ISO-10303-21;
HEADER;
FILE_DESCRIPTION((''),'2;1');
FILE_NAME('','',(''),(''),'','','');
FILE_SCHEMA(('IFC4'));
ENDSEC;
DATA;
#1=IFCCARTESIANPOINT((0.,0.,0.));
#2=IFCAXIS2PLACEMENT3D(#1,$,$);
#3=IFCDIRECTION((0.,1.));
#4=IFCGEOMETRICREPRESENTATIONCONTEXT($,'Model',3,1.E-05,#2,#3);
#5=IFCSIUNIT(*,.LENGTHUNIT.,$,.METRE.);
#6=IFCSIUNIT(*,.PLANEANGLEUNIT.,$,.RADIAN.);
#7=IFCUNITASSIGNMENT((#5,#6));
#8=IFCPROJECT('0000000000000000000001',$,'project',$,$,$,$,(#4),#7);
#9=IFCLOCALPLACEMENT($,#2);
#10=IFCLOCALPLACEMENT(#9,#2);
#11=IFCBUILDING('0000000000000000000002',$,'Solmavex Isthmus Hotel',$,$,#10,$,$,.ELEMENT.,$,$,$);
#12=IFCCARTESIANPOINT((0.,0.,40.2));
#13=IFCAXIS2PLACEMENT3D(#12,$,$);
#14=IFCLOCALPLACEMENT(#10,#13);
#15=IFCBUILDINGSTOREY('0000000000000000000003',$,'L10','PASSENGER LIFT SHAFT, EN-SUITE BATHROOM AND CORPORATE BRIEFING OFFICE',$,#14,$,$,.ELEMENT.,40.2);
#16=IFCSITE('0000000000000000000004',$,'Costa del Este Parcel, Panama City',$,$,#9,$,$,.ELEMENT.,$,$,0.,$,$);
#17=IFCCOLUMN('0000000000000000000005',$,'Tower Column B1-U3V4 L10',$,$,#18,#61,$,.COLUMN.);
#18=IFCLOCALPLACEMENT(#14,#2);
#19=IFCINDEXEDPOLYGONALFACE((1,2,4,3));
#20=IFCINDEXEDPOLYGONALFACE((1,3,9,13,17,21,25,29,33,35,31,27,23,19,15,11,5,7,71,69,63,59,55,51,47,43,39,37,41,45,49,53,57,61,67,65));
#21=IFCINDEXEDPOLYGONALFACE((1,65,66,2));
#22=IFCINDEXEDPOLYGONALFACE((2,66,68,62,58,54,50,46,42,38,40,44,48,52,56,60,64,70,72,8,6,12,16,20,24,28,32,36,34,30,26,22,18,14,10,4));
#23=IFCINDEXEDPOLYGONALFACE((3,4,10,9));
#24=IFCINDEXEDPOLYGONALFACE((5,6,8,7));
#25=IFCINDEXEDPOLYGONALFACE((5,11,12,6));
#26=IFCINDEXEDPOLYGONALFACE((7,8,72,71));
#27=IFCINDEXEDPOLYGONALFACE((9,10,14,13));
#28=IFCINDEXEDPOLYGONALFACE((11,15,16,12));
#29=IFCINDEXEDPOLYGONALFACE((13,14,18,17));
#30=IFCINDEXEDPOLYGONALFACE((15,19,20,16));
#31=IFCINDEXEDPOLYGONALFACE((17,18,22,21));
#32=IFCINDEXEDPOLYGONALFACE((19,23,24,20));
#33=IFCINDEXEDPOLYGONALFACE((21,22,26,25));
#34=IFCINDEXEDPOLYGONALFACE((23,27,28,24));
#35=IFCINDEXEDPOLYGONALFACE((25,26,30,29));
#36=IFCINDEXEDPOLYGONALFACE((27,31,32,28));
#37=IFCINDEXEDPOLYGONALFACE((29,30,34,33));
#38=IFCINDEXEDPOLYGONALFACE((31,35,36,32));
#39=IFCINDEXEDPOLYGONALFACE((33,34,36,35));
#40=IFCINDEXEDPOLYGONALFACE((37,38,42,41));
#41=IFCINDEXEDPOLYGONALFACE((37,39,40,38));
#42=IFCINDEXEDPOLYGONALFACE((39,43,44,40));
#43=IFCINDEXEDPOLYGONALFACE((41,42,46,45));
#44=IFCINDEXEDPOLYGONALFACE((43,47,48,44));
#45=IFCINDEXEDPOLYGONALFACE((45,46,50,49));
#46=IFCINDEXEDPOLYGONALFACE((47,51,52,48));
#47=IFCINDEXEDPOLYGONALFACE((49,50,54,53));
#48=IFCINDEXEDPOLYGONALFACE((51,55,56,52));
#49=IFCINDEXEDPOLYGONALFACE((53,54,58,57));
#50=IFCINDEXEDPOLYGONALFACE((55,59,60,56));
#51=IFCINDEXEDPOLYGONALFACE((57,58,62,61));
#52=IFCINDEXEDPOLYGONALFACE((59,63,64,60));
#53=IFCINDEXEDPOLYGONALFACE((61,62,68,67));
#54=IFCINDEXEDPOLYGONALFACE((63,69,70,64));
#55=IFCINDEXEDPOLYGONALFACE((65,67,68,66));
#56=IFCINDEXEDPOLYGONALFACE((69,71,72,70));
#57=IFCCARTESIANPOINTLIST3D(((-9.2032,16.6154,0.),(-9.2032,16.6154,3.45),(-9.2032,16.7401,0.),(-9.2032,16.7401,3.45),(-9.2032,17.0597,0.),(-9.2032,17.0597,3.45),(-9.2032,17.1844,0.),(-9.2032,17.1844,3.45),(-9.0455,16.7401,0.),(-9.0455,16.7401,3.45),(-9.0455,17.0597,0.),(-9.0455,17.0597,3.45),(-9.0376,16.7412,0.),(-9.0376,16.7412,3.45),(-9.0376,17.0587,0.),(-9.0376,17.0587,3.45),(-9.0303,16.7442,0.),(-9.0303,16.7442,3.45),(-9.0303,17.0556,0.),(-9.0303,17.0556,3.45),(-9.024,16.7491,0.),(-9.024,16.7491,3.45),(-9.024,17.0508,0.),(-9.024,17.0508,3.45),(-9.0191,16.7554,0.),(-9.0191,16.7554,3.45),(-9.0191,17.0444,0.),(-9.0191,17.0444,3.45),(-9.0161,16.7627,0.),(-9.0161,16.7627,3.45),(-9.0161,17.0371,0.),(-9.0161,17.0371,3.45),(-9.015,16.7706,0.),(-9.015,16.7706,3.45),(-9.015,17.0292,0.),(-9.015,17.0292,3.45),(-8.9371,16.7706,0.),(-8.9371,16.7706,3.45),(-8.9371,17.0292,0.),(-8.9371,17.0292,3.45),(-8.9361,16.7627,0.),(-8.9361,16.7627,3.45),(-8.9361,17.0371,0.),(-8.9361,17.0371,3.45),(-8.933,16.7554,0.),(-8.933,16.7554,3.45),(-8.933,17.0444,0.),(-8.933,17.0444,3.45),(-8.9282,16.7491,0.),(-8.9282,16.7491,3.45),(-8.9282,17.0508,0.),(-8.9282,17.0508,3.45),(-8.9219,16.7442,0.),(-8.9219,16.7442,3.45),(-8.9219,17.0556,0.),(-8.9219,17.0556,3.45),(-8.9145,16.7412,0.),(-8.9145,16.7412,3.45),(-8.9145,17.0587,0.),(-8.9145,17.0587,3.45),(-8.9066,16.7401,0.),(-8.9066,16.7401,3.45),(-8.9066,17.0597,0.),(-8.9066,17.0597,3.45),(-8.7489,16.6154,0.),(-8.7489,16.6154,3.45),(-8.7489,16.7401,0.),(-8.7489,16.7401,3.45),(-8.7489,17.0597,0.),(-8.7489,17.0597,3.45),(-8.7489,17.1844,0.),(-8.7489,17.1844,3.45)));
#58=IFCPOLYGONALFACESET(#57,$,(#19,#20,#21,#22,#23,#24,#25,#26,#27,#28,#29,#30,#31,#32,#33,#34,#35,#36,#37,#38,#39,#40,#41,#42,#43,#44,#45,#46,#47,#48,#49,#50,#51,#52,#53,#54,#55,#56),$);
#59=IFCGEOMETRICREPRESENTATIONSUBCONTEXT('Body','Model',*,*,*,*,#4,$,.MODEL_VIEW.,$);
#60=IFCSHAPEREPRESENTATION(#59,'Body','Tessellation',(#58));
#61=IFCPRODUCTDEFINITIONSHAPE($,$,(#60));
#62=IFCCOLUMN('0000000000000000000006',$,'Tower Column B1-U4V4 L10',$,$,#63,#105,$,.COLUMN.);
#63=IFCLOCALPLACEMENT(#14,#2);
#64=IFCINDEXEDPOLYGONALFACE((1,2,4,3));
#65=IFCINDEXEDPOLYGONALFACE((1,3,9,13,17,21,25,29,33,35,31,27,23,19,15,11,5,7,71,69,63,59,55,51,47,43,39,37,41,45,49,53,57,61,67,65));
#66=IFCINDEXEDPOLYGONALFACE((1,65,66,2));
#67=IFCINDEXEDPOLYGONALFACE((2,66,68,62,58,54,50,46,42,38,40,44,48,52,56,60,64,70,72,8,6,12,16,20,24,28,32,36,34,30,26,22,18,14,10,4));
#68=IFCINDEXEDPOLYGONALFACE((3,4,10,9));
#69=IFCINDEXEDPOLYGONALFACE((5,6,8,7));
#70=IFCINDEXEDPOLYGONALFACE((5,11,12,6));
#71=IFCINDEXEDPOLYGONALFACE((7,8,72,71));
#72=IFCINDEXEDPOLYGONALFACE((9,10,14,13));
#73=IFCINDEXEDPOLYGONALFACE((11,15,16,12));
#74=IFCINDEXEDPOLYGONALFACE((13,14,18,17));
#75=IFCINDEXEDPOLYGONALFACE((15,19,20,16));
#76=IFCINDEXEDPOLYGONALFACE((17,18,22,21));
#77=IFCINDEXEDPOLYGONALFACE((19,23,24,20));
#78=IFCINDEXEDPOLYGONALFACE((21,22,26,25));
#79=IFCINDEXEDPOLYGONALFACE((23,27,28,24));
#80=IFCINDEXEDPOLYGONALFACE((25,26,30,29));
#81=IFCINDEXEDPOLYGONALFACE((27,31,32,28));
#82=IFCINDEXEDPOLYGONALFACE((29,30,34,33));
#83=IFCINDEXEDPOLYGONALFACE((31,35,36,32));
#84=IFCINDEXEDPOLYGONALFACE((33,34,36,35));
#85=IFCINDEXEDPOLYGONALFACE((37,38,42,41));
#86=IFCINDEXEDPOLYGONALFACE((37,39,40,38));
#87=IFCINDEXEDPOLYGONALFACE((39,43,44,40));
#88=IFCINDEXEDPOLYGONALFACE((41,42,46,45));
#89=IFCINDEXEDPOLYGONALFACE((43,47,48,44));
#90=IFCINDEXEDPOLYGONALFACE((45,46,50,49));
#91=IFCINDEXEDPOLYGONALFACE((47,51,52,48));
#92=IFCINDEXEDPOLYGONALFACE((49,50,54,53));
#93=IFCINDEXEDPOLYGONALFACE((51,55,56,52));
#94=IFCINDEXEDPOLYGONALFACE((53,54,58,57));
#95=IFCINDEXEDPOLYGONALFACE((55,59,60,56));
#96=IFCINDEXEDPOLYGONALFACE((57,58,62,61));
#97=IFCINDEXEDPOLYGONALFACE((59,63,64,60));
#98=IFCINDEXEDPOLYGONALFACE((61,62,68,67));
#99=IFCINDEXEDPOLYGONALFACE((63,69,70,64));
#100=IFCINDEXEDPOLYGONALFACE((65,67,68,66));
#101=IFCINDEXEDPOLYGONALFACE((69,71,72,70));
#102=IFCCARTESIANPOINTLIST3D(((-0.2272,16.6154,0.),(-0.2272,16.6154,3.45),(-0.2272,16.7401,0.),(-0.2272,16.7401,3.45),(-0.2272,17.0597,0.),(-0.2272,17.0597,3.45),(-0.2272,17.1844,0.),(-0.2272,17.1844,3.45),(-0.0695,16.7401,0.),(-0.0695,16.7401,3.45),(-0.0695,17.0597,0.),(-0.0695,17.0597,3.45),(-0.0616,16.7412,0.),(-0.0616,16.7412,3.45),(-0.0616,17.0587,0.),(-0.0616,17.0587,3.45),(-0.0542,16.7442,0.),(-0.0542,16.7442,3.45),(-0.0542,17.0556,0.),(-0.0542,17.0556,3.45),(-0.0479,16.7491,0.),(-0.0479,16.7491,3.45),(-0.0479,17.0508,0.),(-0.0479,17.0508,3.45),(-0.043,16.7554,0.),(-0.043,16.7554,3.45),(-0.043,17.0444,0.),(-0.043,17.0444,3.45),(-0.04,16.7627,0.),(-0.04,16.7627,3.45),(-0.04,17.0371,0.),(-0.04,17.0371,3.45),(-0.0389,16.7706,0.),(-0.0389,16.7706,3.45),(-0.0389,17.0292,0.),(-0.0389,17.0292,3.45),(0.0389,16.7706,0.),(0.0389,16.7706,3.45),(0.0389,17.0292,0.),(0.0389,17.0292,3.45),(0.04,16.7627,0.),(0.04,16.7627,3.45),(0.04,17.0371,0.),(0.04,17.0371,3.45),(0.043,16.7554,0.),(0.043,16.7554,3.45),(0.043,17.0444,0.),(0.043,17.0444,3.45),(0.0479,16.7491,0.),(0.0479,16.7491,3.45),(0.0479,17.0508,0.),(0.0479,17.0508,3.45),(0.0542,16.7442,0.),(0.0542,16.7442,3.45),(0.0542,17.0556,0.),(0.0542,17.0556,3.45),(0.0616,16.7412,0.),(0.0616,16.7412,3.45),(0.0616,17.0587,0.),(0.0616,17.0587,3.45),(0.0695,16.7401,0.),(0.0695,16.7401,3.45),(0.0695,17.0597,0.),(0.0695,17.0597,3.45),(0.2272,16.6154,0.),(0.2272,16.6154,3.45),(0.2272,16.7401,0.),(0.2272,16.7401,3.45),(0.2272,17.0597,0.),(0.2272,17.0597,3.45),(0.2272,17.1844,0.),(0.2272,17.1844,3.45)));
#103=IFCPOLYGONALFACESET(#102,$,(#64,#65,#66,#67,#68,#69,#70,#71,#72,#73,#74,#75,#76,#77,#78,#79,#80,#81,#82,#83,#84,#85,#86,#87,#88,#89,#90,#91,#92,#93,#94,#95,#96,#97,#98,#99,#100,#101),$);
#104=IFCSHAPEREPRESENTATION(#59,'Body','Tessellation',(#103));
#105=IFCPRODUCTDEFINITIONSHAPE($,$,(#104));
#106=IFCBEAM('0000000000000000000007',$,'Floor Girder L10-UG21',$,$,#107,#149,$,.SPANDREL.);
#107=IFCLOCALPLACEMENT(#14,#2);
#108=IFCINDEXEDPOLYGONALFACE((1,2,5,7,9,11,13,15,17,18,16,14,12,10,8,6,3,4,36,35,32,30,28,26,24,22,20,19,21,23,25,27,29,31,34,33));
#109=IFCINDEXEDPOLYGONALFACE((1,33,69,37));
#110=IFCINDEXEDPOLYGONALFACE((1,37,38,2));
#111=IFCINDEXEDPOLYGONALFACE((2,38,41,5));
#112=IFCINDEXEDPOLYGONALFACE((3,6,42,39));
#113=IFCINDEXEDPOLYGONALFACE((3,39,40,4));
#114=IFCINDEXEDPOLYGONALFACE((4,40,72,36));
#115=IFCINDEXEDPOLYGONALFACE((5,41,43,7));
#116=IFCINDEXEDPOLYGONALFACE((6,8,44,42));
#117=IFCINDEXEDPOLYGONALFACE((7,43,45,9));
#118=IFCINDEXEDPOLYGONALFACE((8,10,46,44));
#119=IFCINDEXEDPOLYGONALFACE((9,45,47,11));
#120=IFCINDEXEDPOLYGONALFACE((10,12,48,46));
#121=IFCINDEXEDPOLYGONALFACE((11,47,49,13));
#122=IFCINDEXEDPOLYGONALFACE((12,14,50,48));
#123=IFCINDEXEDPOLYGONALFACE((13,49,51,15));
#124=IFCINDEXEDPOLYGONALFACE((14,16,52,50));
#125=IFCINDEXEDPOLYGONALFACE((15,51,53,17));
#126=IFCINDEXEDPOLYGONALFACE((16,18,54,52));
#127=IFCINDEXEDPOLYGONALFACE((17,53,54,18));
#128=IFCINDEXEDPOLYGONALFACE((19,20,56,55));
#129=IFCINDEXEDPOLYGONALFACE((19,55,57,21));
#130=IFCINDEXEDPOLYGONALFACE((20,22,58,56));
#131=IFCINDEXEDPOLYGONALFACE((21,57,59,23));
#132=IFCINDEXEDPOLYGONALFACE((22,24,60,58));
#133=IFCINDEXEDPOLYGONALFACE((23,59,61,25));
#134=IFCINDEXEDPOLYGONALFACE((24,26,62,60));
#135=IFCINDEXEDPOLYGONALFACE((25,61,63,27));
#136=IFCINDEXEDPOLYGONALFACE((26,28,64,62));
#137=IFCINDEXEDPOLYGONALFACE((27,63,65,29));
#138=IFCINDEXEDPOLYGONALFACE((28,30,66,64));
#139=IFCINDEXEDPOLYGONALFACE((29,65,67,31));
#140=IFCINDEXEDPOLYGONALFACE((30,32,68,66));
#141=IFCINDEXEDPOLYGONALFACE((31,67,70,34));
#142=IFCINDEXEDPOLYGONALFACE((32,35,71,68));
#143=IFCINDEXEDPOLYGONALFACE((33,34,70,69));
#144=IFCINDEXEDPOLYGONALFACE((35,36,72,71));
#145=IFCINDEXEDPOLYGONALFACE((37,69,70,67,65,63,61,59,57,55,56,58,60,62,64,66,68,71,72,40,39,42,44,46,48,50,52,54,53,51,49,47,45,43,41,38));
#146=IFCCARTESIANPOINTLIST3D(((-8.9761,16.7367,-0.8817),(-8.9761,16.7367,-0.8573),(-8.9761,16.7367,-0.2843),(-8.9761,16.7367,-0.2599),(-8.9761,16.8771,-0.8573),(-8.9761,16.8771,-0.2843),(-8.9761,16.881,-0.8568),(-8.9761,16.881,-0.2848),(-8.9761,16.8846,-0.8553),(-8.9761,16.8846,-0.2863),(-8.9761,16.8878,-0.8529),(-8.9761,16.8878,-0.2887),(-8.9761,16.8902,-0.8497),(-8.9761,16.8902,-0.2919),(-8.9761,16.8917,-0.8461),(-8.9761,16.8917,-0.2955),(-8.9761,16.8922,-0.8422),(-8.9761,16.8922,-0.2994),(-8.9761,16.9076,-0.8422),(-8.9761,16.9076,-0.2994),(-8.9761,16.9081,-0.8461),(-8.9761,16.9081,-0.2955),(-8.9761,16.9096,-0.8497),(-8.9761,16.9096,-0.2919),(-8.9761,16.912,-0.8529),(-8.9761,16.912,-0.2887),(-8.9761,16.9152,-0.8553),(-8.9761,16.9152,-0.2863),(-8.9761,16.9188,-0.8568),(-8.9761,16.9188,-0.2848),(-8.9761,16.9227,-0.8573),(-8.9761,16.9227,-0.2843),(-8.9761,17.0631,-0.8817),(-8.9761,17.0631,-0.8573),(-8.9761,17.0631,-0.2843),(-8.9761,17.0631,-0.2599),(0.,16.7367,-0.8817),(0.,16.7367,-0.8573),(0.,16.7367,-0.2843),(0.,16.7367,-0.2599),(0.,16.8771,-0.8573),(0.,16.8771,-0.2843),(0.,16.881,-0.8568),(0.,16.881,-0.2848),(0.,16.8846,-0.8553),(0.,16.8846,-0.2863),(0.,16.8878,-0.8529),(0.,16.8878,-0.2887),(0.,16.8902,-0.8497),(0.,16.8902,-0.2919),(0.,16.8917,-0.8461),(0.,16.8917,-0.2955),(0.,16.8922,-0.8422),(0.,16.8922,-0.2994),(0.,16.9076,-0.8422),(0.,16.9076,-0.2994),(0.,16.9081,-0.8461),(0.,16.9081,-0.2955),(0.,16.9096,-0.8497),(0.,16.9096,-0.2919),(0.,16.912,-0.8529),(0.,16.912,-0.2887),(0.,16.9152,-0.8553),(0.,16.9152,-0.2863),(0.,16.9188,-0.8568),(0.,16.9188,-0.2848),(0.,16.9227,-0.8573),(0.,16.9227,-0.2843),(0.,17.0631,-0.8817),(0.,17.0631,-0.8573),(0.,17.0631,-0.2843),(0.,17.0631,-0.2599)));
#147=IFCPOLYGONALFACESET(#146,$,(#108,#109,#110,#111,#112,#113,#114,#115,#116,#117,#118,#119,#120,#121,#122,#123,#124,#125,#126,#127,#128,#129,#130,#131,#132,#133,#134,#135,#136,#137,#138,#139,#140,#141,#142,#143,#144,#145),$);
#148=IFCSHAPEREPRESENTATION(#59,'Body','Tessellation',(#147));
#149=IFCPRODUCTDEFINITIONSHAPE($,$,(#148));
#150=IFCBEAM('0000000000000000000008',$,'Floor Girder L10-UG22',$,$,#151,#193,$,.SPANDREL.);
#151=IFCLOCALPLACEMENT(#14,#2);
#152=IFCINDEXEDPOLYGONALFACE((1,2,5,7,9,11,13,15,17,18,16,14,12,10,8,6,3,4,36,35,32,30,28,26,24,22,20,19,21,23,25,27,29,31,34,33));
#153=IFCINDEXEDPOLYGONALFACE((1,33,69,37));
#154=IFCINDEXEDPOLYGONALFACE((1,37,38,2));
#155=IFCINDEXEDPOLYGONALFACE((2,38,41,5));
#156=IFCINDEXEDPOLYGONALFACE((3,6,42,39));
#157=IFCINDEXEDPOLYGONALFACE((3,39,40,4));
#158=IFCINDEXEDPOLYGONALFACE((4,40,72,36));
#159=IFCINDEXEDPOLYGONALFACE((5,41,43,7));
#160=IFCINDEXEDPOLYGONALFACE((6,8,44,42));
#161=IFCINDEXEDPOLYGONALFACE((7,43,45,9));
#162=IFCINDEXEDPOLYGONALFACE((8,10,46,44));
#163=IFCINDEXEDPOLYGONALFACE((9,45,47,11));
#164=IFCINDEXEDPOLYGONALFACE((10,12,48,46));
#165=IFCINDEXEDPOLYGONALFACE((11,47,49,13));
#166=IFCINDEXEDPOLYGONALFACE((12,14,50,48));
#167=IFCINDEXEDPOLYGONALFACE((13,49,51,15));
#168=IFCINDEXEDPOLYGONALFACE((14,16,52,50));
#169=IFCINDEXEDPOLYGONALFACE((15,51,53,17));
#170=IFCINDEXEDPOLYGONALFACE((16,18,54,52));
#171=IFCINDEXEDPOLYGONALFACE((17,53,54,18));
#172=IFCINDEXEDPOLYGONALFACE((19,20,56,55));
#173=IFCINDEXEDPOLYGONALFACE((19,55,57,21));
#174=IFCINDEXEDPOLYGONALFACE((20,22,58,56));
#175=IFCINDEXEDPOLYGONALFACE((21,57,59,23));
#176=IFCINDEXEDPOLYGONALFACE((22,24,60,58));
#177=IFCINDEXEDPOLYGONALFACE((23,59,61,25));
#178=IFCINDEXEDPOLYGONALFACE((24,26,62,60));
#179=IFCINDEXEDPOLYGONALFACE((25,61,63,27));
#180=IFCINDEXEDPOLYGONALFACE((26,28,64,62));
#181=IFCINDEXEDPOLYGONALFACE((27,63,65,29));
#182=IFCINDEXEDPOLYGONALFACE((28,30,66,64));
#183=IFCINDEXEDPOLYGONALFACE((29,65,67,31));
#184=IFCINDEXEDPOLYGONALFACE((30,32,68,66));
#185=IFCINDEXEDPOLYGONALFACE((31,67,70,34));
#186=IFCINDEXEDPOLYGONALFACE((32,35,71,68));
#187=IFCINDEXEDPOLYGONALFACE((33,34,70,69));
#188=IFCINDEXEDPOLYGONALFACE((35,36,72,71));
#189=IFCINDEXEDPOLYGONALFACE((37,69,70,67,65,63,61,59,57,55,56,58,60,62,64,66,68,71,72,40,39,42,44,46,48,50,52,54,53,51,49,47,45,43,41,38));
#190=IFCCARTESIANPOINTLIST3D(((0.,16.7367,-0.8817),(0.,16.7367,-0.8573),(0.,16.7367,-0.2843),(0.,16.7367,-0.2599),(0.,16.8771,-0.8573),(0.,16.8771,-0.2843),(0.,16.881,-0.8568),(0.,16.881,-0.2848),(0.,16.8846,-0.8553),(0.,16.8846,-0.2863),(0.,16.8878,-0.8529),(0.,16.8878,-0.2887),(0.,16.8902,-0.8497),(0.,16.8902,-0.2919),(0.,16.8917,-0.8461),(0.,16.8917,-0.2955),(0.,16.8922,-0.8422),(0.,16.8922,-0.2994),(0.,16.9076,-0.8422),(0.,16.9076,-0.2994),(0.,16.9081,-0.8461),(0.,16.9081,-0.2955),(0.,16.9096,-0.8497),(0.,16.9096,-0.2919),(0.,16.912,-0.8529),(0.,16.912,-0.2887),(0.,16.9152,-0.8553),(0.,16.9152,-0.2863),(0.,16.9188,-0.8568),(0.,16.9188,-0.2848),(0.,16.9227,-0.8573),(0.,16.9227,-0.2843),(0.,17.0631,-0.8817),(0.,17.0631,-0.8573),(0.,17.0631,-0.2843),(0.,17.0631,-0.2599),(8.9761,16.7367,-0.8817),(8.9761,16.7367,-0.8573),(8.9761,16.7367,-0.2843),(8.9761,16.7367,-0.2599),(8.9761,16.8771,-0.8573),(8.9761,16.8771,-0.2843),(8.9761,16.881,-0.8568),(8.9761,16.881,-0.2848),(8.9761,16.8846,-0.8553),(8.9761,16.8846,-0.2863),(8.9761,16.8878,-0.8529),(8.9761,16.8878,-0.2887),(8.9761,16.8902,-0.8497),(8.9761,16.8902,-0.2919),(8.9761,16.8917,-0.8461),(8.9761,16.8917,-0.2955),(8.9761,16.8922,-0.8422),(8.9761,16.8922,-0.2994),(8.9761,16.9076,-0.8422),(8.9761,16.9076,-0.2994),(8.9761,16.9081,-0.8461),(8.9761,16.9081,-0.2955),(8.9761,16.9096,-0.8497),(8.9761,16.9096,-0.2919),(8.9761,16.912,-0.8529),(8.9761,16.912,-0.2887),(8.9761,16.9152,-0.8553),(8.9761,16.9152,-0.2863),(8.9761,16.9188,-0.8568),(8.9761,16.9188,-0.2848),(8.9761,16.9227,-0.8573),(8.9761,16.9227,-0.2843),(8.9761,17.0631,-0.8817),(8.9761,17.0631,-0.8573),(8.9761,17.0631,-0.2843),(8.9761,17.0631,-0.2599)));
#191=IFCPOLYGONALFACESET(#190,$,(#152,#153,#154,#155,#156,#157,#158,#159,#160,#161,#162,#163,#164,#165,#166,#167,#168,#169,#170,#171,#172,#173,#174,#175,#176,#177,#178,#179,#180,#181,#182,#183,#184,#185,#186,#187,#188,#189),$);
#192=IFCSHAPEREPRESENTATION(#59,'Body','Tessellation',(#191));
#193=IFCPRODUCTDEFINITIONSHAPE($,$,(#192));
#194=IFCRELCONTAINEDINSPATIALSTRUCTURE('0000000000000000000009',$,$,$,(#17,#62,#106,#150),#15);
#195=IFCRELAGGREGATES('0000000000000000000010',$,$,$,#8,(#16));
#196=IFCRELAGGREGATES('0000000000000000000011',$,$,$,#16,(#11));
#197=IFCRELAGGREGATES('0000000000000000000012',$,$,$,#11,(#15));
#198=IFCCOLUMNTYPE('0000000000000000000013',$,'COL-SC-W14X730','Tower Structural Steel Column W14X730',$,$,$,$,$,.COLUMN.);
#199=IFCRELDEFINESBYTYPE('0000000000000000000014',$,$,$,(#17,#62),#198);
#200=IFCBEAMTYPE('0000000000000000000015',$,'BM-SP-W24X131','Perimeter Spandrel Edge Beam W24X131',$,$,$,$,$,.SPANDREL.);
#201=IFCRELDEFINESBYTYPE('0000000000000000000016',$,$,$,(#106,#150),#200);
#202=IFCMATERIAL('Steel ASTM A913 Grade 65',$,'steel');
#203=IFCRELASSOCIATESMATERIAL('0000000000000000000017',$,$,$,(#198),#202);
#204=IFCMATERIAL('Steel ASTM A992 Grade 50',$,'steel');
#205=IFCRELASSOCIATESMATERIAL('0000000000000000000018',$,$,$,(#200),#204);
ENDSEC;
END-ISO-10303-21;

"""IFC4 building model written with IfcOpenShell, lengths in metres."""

from ifc_helpers import new_model, si_unit, direction, frame, origin, origin_2d, place, context, subcontext, project, spatial, i_section, extrude, material, material_profile, profile_set, type_object, element, save


model = new_model("IFC4")

# Units and contexts
model_context = context("Model", 3, precision=1e-05, world=origin(), true_north=direction((0.0, 1.0)))
body_context = subcontext(model_context, "Body", "Model", "MODEL_VIEW")
ifc_project = project(units=[si_unit("LENGTHUNIT", "METRE"), si_unit("PLANEANGLEUNIT", "RADIAN")], contexts=[model_context])

# Site, building, storey
site_placement = place(None, origin())
site = spatial("IfcSite", under=ifc_project, at=site_placement, Name="Costa del Este Parcel, Panama City", CompositionType="ELEMENT", RefElevation=0.0)
building_placement = place(site_placement, origin())
building = spatial("IfcBuilding", under=site, at=building_placement, Name="Solmavex Isthmus Hotel", CompositionType="ELEMENT")
storey_placement = place(building_placement, frame((0.0, 0.0, 40.2)))
storey = spatial("IfcBuildingStorey", under=building, at=storey_placement, Name="L10", Description="PASSENGER LIFT SHAFT, EN-SUITE BATHROOM AND CORPORATE BRIEFING OFFICE", CompositionType="ELEMENT", Elevation=40.2)

# Columns
ifc_material_1 = material(Name="Steel ASTM A913 Grade 65", Category="steel")
ifc_material_profile_1 = material_profile(ifc_material_1, i_section(OverallWidth=0.4543, OverallDepth=0.5691, WebThickness=0.0779, FlangeThickness=0.1248, FilletRadius=0.0305, at=origin_2d()), Name="W14X730")
ifc_profile_set_1 = profile_set([ifc_material_profile_1], Name="Steel ASTM A913 Grade 65")
column_type = type_object("IfcColumnType", Name="COL-SC-W14X730", Description="Tower Structural Steel Column W14X730", PredefinedType="COLUMN", material=ifc_profile_set_1)
for number, where, z_axis, x_axis, name in (
    (1, (-8.9761, 16.8999, 0.0), (0.0, 0.0, 1.0), (1.0, 0.0, 0.0), "Tower Column B1-U3V4 L10"),
    (2, (0.0, 16.8999, 0.0), (0.0, 0.0, 1.0), (1.0, 0.0, 0.0), "Tower Column B1-U4V4 L10"),
):
    element("IfcColumn", number, at=place(storey_placement, frame(where, z_axis=z_axis, x_axis=x_axis)), inside=storey, type_object=column_type, Name=name, PredefinedType="COLUMN", context=body_context, shape_type="SweptSolid", body=[
        extrude(i_section(OverallWidth=0.4543, OverallDepth=0.5691, WebThickness=0.0779, FlangeThickness=0.1248, FilletRadius=0.0305, at=origin_2d()), origin(), (0.0, 0.0, 1.0), 3.45),
    ])

# Beams
ifc_material_2 = material(Name="Steel ASTM A992 Grade 50", Category="steel")
ifc_material_profile_2 = material_profile(ifc_material_2, i_section(OverallWidth=0.3264, OverallDepth=0.6218, WebThickness=0.0154, FlangeThickness=0.0244, FilletRadius=0.0151, at=origin_2d()), Name="W24X131")
ifc_profile_set_2 = profile_set([ifc_material_profile_2], Name="Steel ASTM A992 Grade 50")
beam_type = type_object("IfcBeamType", Name="BM-SP-W24X131", Description="Perimeter Spandrel Edge Beam W24X131", PredefinedType="SPANDREL", material=ifc_profile_set_2)
for number, where, z_axis, x_axis, name in (
    (3, (-8.9761, 16.8999, -0.5708), (1.0, 0.0, 0.0), (0.0, 1.0, 0.0), "Floor Girder L10-UG21"),
    (4, (0.0, 16.8999, -0.5708), (1.0, 0.0, 0.0), (0.0, 1.0, 0.0), "Floor Girder L10-UG22"),
):
    element("IfcBeam", number, at=place(storey_placement, frame(where, z_axis=z_axis, x_axis=x_axis)), inside=storey, type_object=beam_type, Name=name, PredefinedType="SPANDREL", context=body_context, shape_type="SweptSolid", body=[
        extrude(i_section(OverallWidth=0.3264, OverallDepth=0.6218, WebThickness=0.0154, FlangeThickness=0.0244, FilletRadius=0.0151, at=origin_2d()), origin(), (0.0, 0.0, 1.0), 8.9761),
    ])

save(model, "model.ifc")
